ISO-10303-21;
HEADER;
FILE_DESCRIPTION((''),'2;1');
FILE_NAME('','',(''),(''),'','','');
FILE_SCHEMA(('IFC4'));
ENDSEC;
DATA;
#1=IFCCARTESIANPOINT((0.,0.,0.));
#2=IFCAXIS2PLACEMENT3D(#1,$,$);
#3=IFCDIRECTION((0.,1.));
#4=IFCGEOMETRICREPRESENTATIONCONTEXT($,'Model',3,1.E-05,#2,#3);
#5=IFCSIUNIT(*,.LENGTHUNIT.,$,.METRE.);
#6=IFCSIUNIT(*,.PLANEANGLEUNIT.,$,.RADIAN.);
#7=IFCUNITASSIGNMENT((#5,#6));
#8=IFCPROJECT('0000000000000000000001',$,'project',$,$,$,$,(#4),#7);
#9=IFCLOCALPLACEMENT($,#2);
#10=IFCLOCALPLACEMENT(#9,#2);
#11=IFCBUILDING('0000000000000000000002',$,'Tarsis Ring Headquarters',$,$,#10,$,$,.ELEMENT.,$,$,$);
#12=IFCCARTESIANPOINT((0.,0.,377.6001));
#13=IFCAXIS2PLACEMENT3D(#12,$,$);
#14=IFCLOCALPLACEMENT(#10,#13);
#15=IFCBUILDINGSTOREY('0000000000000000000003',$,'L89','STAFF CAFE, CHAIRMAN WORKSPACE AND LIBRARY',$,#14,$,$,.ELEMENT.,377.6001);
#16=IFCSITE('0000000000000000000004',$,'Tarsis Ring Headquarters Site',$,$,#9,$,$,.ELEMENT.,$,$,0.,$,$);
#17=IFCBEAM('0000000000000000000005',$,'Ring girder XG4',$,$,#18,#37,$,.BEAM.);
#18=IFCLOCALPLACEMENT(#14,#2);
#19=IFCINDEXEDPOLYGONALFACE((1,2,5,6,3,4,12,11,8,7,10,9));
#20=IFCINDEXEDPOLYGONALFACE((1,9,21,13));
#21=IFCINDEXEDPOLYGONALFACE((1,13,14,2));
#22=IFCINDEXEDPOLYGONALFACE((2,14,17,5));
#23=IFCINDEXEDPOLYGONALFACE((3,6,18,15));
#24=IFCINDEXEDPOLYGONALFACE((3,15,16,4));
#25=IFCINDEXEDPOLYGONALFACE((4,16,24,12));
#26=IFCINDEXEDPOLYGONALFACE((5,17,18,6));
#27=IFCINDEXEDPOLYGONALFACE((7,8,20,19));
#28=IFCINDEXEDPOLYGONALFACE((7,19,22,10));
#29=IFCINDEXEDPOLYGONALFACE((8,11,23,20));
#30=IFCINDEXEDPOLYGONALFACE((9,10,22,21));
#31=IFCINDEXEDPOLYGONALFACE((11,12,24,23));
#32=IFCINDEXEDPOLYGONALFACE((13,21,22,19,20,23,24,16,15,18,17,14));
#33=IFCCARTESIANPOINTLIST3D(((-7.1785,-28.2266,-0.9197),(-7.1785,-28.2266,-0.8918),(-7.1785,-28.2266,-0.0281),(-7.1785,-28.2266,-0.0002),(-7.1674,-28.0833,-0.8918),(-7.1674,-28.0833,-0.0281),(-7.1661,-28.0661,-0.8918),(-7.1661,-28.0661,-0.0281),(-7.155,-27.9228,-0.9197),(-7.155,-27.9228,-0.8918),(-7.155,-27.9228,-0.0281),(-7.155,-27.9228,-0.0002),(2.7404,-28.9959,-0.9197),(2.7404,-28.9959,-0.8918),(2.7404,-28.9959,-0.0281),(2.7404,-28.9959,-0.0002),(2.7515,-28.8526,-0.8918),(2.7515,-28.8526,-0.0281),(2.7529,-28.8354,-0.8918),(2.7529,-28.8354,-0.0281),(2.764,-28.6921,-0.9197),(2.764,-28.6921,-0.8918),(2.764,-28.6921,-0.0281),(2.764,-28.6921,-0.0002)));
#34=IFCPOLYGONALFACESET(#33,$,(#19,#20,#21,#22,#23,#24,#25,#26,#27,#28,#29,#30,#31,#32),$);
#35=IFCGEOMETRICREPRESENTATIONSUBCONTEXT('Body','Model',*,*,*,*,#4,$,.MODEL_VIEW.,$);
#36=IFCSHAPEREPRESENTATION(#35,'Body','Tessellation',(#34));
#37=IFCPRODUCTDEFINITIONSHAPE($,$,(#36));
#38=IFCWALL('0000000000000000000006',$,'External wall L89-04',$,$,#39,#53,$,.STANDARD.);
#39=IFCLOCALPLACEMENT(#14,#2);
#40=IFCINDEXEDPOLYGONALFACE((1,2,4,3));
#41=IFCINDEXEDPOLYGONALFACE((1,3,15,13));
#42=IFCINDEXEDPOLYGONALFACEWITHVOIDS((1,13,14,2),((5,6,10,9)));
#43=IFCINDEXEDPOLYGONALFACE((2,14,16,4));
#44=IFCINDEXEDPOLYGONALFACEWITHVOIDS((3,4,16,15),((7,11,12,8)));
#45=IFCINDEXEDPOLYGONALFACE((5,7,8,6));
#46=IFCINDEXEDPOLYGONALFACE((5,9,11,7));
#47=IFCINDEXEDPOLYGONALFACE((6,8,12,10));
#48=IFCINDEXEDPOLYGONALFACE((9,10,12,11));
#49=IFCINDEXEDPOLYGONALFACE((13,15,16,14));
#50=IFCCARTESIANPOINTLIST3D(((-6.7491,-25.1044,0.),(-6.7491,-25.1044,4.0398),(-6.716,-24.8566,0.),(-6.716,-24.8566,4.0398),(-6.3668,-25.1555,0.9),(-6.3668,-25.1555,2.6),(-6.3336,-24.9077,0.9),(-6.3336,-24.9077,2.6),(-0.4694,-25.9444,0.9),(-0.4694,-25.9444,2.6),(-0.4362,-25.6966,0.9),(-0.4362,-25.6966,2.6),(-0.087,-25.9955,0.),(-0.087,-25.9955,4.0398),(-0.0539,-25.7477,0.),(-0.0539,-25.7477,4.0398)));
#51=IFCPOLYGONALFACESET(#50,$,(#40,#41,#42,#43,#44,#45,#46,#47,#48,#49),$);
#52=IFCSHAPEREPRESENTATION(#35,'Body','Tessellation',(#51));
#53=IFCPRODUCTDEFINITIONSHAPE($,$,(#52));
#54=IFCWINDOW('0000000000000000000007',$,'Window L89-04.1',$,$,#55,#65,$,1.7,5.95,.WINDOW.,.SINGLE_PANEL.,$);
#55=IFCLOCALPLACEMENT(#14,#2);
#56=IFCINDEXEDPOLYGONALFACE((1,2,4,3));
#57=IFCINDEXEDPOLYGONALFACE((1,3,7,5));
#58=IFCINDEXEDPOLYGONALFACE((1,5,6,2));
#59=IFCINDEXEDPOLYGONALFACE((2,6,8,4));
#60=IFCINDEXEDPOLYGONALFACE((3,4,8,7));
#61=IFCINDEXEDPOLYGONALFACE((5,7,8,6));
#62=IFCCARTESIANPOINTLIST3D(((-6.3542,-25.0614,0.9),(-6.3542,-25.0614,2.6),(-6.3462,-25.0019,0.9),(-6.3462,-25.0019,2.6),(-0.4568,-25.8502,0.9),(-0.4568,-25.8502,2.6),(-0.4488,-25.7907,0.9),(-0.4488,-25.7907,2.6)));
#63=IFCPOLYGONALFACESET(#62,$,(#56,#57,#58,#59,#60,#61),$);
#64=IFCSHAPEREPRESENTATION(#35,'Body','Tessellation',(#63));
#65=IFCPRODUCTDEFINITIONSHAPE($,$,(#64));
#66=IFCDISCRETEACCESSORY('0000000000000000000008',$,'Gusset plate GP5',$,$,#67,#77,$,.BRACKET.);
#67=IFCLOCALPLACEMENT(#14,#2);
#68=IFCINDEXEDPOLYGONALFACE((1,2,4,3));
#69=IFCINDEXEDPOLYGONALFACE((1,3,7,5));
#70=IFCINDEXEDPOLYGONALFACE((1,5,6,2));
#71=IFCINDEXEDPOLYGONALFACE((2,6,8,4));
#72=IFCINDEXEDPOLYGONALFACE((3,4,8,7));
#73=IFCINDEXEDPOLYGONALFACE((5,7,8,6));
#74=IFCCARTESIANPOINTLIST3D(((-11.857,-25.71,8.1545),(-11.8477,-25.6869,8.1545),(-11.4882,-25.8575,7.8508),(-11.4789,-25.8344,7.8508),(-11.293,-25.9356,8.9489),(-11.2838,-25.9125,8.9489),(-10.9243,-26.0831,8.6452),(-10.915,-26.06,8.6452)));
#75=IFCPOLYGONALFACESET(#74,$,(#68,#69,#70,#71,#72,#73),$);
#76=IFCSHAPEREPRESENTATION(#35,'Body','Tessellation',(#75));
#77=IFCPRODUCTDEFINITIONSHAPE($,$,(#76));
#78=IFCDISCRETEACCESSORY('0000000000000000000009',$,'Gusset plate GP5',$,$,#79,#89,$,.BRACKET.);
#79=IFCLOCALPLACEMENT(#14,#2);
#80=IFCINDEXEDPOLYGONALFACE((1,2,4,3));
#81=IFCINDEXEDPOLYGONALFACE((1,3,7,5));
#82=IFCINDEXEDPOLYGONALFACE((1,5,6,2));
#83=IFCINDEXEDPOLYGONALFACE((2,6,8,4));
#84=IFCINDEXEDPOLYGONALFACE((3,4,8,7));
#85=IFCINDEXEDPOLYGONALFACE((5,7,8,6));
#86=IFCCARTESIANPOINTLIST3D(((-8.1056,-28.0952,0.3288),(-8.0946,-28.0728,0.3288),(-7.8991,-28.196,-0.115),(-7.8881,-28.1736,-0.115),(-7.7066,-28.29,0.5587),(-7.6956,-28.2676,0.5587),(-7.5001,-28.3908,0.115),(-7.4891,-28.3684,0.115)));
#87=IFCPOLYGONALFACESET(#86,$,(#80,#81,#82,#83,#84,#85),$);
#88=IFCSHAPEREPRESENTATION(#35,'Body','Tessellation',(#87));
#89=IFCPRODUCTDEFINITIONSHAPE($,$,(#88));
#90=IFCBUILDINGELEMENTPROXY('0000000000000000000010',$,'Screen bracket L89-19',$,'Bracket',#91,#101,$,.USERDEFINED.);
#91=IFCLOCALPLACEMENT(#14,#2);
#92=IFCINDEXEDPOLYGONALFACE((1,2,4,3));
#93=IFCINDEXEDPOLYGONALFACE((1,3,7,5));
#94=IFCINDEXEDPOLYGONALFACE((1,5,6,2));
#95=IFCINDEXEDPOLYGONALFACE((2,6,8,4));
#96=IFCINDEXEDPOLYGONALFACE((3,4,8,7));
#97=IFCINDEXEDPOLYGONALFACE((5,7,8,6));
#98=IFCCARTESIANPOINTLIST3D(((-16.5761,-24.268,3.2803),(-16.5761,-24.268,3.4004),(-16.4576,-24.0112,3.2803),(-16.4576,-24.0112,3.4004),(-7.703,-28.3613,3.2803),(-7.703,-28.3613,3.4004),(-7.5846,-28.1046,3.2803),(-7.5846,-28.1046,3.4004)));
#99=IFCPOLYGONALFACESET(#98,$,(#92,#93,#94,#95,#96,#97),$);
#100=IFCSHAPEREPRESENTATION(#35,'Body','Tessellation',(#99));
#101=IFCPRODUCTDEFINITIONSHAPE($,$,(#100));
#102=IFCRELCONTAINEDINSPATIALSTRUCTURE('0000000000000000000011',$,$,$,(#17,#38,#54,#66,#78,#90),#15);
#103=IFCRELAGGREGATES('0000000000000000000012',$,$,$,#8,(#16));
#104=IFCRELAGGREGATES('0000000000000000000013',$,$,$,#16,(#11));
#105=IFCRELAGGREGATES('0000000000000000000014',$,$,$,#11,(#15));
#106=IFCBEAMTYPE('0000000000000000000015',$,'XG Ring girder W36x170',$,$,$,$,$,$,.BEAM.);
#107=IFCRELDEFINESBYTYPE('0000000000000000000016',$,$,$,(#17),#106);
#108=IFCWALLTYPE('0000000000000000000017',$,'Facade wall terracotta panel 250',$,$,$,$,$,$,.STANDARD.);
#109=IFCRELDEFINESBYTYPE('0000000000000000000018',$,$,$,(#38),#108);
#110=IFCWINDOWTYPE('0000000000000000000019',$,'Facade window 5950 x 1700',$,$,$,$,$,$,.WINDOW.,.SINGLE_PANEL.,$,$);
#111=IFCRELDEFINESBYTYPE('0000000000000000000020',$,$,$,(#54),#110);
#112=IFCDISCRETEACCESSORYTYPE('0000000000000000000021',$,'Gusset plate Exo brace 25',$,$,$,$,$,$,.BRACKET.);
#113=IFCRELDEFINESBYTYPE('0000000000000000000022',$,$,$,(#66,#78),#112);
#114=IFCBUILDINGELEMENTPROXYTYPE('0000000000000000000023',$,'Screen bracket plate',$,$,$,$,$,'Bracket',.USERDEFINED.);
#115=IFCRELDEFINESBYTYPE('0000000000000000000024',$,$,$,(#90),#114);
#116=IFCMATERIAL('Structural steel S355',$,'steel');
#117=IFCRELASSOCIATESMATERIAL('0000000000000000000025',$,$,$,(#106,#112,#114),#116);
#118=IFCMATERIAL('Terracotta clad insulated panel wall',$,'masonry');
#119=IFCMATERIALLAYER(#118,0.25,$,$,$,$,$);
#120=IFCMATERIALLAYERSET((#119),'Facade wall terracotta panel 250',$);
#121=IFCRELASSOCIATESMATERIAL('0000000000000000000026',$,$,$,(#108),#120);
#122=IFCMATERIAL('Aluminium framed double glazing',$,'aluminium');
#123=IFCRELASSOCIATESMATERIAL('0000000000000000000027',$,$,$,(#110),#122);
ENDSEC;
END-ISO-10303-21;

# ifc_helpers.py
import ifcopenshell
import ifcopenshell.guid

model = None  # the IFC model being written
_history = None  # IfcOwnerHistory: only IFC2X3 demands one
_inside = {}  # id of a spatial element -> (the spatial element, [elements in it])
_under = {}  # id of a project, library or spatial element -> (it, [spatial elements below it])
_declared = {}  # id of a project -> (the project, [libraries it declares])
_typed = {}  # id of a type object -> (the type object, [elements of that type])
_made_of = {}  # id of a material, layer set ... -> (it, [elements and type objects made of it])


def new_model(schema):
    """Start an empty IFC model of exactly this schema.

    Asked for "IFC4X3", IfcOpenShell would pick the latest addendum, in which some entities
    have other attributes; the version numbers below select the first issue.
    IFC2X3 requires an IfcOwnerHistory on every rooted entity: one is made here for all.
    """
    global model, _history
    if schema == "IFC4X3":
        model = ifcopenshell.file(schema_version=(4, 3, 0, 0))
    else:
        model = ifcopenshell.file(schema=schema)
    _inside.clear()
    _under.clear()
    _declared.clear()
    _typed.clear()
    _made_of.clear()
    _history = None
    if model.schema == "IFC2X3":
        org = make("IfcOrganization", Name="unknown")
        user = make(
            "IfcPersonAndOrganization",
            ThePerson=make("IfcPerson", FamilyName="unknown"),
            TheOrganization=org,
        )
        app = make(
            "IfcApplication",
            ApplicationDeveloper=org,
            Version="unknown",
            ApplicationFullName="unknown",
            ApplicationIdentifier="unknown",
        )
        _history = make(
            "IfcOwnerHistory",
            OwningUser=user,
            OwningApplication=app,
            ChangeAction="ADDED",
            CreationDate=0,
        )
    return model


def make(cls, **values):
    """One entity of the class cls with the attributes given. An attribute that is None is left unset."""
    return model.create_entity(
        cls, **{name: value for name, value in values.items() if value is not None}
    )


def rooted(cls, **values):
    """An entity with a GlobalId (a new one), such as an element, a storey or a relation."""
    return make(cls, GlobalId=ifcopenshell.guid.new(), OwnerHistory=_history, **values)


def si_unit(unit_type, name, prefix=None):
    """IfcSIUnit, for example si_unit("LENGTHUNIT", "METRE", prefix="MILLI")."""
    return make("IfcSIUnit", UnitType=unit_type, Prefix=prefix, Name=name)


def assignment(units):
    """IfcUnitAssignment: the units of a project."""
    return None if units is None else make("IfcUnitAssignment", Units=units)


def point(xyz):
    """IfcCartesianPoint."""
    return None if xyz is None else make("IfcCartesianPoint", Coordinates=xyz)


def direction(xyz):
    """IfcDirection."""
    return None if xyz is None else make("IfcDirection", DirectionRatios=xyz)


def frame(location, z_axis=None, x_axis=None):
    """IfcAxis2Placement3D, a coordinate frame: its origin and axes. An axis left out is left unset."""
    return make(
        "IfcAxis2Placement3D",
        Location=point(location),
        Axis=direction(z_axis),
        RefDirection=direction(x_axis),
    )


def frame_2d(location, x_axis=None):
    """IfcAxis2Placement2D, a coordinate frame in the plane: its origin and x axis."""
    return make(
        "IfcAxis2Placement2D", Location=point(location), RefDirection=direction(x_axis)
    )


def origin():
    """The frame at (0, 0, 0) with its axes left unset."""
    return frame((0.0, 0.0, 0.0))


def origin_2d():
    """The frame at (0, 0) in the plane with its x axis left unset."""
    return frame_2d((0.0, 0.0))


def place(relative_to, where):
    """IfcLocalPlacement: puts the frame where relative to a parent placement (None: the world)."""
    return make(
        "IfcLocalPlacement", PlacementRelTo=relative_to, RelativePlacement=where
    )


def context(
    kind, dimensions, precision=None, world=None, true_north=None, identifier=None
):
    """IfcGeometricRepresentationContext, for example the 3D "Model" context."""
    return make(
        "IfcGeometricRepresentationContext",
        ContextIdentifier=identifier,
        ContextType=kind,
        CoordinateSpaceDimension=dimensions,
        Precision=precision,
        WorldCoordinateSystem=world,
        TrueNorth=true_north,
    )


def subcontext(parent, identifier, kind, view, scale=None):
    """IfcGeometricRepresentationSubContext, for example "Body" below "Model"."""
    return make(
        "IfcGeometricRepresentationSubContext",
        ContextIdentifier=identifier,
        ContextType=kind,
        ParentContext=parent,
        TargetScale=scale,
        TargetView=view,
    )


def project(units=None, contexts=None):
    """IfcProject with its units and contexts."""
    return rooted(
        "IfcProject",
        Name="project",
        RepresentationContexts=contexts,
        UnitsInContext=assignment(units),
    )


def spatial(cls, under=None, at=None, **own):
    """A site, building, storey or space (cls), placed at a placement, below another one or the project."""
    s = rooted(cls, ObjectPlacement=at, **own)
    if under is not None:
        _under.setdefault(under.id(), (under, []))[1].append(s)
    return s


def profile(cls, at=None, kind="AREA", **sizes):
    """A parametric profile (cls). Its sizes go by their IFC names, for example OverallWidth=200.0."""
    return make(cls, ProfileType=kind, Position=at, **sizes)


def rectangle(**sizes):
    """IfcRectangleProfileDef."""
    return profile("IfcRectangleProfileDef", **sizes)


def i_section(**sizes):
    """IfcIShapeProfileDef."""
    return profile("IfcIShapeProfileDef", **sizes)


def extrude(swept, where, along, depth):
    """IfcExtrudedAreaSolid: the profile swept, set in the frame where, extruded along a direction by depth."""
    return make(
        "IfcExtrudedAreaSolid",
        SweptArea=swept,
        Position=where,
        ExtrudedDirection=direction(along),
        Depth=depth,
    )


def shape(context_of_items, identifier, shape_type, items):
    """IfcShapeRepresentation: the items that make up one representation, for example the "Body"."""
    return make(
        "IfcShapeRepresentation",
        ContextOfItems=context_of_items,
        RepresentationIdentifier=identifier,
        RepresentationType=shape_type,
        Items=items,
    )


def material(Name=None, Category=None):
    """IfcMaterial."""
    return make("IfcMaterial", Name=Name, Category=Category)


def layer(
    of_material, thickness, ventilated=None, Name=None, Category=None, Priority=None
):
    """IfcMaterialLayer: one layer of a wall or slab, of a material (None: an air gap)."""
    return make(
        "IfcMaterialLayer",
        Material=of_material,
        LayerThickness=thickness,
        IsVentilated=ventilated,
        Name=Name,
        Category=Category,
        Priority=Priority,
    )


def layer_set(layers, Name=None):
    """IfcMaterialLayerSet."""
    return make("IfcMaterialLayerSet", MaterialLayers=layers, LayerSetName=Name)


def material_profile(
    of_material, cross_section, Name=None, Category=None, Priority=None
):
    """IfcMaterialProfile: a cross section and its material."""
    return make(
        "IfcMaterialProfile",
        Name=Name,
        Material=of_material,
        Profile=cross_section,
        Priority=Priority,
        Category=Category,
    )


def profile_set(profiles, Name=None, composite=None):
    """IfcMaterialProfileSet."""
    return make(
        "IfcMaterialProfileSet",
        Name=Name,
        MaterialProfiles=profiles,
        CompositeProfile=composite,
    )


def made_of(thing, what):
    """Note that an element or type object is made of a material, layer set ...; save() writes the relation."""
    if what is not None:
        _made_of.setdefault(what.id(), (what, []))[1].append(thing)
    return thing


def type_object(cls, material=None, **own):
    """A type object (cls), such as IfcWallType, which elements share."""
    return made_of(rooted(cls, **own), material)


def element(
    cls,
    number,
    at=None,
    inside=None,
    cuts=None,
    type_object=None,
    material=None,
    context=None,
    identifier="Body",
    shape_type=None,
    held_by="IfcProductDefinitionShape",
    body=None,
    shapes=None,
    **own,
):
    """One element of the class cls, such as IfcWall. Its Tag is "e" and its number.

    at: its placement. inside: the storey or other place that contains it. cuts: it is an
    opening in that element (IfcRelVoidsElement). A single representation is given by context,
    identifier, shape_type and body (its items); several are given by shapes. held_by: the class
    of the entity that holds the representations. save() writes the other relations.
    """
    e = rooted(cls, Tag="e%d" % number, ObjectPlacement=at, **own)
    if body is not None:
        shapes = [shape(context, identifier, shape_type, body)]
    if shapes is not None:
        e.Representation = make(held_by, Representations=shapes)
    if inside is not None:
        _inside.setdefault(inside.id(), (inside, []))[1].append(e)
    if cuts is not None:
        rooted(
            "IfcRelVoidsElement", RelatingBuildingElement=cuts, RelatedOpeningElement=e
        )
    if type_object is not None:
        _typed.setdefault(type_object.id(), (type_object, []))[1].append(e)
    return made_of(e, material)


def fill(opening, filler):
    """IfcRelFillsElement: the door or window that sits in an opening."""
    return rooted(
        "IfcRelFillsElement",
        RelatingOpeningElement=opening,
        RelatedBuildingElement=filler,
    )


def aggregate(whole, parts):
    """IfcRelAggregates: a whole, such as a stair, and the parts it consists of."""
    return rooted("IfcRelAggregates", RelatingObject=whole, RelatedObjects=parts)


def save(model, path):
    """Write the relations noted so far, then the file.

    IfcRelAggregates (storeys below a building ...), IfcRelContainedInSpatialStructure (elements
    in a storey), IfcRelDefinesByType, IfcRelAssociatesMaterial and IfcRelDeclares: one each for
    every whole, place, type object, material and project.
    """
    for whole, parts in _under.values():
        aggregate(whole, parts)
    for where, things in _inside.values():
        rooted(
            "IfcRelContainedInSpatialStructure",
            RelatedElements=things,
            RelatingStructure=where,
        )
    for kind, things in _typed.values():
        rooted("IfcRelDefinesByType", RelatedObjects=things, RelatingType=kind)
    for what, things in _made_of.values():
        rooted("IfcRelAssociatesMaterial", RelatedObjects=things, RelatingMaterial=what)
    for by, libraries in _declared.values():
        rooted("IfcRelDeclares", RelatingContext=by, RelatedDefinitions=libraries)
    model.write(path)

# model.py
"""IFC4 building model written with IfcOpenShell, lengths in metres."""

from ifc_helpers import new_model, si_unit, direction, frame, frame_2d, origin, origin_2d, place, context, subcontext, project, spatial, rectangle, i_section, extrude, material, layer, layer_set, material_profile, profile_set, type_object, element, fill, save


model = new_model("IFC4")

# Units and contexts
model_context = context("Model", 3, precision=1e-05, world=origin(), true_north=direction((0.0, 1.0)))
body_context = subcontext(model_context, "Body", "Model", "MODEL_VIEW")
ifc_project = project(units=[si_unit("LENGTHUNIT", "METRE"), si_unit("PLANEANGLEUNIT", "RADIAN")], contexts=[model_context])

# Site, building, storey
site_placement = place(None, origin())
site = spatial("IfcSite", under=ifc_project, at=site_placement, Name="Tarsis Ring Headquarters Site", CompositionType="ELEMENT", RefElevation=0.0)
building_placement = place(site_placement, origin())
building = spatial("IfcBuilding", under=site, at=building_placement, Name="Tarsis Ring Headquarters", CompositionType="ELEMENT")
storey_placement = place(building_placement, frame((0.0, 0.0, 377.6001)))
storey = spatial("IfcBuildingStorey", under=building, at=storey_placement, Name="L89", Description="STAFF CAFE, CHAIRMAN WORKSPACE AND LIBRARY", CompositionType="ELEMENT", Elevation=377.6001)

# Shared definitions
ifc_material_1 = material(Name="Structural steel S355", Category="steel")

# Beam
ifc_material_profile_1 = material_profile(ifc_material_1, i_section(OverallWidth=0.3047, OverallDepth=0.9194, WebThickness=0.0173, FlangeThickness=0.0278, at=origin_2d()), Name="W36x170")
ifc_profile_set_1 = profile_set([ifc_material_profile_1], Name="Structural steel S355")
beam_type_1 = type_object("IfcBeamType", Name="XG Ring girder W36x170", PredefinedType="BEAM", material=ifc_profile_set_1)
beam_1_placement = place(storey_placement, frame((-7.1667, -28.0747, -0.46), z_axis=(0.997006, -0.077325, 0.0), x_axis=(0.077325, 0.997006, 0.0)))
element("IfcBeam", 1, at=beam_1_placement, inside=storey, type_object=beam_type_1, Name="Ring girder XG4", PredefinedType="BEAM", context=body_context, shape_type="SweptSolid", body=[
    extrude(i_section(OverallWidth=0.3047, OverallDepth=0.9194, WebThickness=0.0173, FlangeThickness=0.0278, at=origin_2d()), origin(), (0.0, 0.0, 1.0), 9.9487),
])

# Wall, opening, window
ifc_material_2 = material(Name="Terracotta clad insulated panel wall", Category="masonry")
ifc_layer = layer(ifc_material_2, 0.25)
ifc_layer_set = layer_set([ifc_layer], Name="Facade wall terracotta panel 250")
wall_type = type_object("IfcWallType", Name="Facade wall terracotta panel 250", PredefinedType="STANDARD", material=ifc_layer_set)
wall_placement = place(storey_placement, frame((-6.7327, -24.9805, 0.0), z_axis=(0.0, 0.0, 1.0), x_axis=(0.991173, -0.132578, 0.0)))
wall = element("IfcWall", 2, at=wall_placement, inside=storey, type_object=wall_type, Name="External wall L89-04", PredefinedType="STANDARD", context=body_context, shape_type="SweptSolid", body=[
    extrude(rectangle(XDim=6.7214, YDim=0.25, at=frame_2d((3.3608, 0.0))), origin(), (0.0, 0.0, 1.0), 4.0398),
])
opening_placement = place(wall_placement, frame((0.3857, 0.0, 0.8999)))
opening = element("IfcOpeningElement", 3, at=opening_placement, cuts=wall, PredefinedType="OPENING", context=body_context, shape_type="SweptSolid", body=[
    extrude(rectangle(XDim=5.95, YDim=1.7, at=frame_2d((2.9751, 0.8501))), frame((0.0, 0.135, 0.0), z_axis=(0.0, -1.0, 0.0), x_axis=(1.0, 0.0, 0.0)), (0.0, 0.0, 1.0), 0.27),
])
ifc_material_3 = material(Name="Aluminium framed double glazing", Category="aluminium")
window_type = type_object("IfcWindowType", Name="Facade window 5950 x 1700", PartitioningType="SINGLE_PANEL", PredefinedType="WINDOW", material=ifc_material_3)
window_placement = place(opening_placement, origin())
window = element("IfcWindow", 4, at=window_placement, inside=storey, type_object=window_type, Name="Window L89-04.1", OverallHeight=1.7, OverallWidth=5.95, PartitioningType="SINGLE_PANEL", PredefinedType="WINDOW", context=body_context, shape_type="SweptSolid", body=[
    extrude(rectangle(XDim=5.95, YDim=1.7, at=frame_2d((2.9751, 0.8501))), frame((0.0, 0.03, 0.0), z_axis=(0.0, -1.0, 0.0), x_axis=(1.0, 0.0, 0.0)), (0.0, 0.0, 1.0), 0.0601),
])
fill(opening, window)

# Discrete accessories
ifc_material_profile_2 = material_profile(ifc_material_1, rectangle(XDim=0.0249, YDim=0.5, at=origin_2d()), Name="PL 25x500")
ifc_profile_set_2 = profile_set([ifc_material_profile_2], Name="Structural steel S355")
discrete_accessory_type = type_object("IfcDiscreteAccessoryType", Name="Gusset plate Exo brace 25", PredefinedType="BRACKET", material=ifc_profile_set_2)
discrete_accessory_1_placement = place(storey_placement, frame((-11.668, -25.7722, 8.0027), z_axis=(0.563945, -0.225578, 0.794406), x_axis=(0.371391, 0.928477, 0.0)))
element("IfcDiscreteAccessory", 5, at=discrete_accessory_1_placement, inside=storey, type_object=discrete_accessory_type, Name="Gusset plate GP5", PredefinedType="BRACKET", context=body_context, shape_type="SweptSolid", body=[
    extrude(rectangle(XDim=0.0249, YDim=0.5, at=origin_2d()), origin(), (0.0, 0.0, 1.0), 1.0),
])
discrete_accessory_2_placement = place(storey_placement, frame((-7.6941, -28.2822, 0.0), z_axis=(-0.413229, 0.20173, 0.888002), x_axis=(-0.438696, -0.898636, 0.0)))
element("IfcDiscreteAccessory", 6, at=discrete_accessory_2_placement, inside=storey, type_object=discrete_accessory_type, Name="Gusset plate GP5", PredefinedType="BRACKET", context=body_context, shape_type="SweptSolid", body=[
    extrude(rectangle(XDim=0.0249, YDim=0.5, at=origin_2d()), origin(), (0.0, 0.0, 1.0), 0.4998),
])

# Building element proxy
building_element_proxy_type = type_object("IfcBuildingElementProxyType", Name="Screen bracket plate", ElementType="Bracket", PredefinedType="USERDEFINED", material=ifc_material_1)
proxy_placement = place(storey_placement, frame((-12.0803, -26.1863, 3.2803), z_axis=(0.0, 0.0, 1.0), x_axis=(0.908034, -0.418897, 0.0)))
element("IfcBuildingElementProxy", 7, at=proxy_placement, inside=storey, type_object=building_element_proxy_type, Name="Screen bracket L89-19", ObjectType="Bracket", PredefinedType="USERDEFINED", context=body_context, shape_type="SweptSolid", body=[
    extrude(rectangle(XDim=9.7717, YDim=0.2827, at=origin_2d()), origin(), (0.0, 0.0, 1.0), 0.1201),
])

save(model, "model.ifc")
